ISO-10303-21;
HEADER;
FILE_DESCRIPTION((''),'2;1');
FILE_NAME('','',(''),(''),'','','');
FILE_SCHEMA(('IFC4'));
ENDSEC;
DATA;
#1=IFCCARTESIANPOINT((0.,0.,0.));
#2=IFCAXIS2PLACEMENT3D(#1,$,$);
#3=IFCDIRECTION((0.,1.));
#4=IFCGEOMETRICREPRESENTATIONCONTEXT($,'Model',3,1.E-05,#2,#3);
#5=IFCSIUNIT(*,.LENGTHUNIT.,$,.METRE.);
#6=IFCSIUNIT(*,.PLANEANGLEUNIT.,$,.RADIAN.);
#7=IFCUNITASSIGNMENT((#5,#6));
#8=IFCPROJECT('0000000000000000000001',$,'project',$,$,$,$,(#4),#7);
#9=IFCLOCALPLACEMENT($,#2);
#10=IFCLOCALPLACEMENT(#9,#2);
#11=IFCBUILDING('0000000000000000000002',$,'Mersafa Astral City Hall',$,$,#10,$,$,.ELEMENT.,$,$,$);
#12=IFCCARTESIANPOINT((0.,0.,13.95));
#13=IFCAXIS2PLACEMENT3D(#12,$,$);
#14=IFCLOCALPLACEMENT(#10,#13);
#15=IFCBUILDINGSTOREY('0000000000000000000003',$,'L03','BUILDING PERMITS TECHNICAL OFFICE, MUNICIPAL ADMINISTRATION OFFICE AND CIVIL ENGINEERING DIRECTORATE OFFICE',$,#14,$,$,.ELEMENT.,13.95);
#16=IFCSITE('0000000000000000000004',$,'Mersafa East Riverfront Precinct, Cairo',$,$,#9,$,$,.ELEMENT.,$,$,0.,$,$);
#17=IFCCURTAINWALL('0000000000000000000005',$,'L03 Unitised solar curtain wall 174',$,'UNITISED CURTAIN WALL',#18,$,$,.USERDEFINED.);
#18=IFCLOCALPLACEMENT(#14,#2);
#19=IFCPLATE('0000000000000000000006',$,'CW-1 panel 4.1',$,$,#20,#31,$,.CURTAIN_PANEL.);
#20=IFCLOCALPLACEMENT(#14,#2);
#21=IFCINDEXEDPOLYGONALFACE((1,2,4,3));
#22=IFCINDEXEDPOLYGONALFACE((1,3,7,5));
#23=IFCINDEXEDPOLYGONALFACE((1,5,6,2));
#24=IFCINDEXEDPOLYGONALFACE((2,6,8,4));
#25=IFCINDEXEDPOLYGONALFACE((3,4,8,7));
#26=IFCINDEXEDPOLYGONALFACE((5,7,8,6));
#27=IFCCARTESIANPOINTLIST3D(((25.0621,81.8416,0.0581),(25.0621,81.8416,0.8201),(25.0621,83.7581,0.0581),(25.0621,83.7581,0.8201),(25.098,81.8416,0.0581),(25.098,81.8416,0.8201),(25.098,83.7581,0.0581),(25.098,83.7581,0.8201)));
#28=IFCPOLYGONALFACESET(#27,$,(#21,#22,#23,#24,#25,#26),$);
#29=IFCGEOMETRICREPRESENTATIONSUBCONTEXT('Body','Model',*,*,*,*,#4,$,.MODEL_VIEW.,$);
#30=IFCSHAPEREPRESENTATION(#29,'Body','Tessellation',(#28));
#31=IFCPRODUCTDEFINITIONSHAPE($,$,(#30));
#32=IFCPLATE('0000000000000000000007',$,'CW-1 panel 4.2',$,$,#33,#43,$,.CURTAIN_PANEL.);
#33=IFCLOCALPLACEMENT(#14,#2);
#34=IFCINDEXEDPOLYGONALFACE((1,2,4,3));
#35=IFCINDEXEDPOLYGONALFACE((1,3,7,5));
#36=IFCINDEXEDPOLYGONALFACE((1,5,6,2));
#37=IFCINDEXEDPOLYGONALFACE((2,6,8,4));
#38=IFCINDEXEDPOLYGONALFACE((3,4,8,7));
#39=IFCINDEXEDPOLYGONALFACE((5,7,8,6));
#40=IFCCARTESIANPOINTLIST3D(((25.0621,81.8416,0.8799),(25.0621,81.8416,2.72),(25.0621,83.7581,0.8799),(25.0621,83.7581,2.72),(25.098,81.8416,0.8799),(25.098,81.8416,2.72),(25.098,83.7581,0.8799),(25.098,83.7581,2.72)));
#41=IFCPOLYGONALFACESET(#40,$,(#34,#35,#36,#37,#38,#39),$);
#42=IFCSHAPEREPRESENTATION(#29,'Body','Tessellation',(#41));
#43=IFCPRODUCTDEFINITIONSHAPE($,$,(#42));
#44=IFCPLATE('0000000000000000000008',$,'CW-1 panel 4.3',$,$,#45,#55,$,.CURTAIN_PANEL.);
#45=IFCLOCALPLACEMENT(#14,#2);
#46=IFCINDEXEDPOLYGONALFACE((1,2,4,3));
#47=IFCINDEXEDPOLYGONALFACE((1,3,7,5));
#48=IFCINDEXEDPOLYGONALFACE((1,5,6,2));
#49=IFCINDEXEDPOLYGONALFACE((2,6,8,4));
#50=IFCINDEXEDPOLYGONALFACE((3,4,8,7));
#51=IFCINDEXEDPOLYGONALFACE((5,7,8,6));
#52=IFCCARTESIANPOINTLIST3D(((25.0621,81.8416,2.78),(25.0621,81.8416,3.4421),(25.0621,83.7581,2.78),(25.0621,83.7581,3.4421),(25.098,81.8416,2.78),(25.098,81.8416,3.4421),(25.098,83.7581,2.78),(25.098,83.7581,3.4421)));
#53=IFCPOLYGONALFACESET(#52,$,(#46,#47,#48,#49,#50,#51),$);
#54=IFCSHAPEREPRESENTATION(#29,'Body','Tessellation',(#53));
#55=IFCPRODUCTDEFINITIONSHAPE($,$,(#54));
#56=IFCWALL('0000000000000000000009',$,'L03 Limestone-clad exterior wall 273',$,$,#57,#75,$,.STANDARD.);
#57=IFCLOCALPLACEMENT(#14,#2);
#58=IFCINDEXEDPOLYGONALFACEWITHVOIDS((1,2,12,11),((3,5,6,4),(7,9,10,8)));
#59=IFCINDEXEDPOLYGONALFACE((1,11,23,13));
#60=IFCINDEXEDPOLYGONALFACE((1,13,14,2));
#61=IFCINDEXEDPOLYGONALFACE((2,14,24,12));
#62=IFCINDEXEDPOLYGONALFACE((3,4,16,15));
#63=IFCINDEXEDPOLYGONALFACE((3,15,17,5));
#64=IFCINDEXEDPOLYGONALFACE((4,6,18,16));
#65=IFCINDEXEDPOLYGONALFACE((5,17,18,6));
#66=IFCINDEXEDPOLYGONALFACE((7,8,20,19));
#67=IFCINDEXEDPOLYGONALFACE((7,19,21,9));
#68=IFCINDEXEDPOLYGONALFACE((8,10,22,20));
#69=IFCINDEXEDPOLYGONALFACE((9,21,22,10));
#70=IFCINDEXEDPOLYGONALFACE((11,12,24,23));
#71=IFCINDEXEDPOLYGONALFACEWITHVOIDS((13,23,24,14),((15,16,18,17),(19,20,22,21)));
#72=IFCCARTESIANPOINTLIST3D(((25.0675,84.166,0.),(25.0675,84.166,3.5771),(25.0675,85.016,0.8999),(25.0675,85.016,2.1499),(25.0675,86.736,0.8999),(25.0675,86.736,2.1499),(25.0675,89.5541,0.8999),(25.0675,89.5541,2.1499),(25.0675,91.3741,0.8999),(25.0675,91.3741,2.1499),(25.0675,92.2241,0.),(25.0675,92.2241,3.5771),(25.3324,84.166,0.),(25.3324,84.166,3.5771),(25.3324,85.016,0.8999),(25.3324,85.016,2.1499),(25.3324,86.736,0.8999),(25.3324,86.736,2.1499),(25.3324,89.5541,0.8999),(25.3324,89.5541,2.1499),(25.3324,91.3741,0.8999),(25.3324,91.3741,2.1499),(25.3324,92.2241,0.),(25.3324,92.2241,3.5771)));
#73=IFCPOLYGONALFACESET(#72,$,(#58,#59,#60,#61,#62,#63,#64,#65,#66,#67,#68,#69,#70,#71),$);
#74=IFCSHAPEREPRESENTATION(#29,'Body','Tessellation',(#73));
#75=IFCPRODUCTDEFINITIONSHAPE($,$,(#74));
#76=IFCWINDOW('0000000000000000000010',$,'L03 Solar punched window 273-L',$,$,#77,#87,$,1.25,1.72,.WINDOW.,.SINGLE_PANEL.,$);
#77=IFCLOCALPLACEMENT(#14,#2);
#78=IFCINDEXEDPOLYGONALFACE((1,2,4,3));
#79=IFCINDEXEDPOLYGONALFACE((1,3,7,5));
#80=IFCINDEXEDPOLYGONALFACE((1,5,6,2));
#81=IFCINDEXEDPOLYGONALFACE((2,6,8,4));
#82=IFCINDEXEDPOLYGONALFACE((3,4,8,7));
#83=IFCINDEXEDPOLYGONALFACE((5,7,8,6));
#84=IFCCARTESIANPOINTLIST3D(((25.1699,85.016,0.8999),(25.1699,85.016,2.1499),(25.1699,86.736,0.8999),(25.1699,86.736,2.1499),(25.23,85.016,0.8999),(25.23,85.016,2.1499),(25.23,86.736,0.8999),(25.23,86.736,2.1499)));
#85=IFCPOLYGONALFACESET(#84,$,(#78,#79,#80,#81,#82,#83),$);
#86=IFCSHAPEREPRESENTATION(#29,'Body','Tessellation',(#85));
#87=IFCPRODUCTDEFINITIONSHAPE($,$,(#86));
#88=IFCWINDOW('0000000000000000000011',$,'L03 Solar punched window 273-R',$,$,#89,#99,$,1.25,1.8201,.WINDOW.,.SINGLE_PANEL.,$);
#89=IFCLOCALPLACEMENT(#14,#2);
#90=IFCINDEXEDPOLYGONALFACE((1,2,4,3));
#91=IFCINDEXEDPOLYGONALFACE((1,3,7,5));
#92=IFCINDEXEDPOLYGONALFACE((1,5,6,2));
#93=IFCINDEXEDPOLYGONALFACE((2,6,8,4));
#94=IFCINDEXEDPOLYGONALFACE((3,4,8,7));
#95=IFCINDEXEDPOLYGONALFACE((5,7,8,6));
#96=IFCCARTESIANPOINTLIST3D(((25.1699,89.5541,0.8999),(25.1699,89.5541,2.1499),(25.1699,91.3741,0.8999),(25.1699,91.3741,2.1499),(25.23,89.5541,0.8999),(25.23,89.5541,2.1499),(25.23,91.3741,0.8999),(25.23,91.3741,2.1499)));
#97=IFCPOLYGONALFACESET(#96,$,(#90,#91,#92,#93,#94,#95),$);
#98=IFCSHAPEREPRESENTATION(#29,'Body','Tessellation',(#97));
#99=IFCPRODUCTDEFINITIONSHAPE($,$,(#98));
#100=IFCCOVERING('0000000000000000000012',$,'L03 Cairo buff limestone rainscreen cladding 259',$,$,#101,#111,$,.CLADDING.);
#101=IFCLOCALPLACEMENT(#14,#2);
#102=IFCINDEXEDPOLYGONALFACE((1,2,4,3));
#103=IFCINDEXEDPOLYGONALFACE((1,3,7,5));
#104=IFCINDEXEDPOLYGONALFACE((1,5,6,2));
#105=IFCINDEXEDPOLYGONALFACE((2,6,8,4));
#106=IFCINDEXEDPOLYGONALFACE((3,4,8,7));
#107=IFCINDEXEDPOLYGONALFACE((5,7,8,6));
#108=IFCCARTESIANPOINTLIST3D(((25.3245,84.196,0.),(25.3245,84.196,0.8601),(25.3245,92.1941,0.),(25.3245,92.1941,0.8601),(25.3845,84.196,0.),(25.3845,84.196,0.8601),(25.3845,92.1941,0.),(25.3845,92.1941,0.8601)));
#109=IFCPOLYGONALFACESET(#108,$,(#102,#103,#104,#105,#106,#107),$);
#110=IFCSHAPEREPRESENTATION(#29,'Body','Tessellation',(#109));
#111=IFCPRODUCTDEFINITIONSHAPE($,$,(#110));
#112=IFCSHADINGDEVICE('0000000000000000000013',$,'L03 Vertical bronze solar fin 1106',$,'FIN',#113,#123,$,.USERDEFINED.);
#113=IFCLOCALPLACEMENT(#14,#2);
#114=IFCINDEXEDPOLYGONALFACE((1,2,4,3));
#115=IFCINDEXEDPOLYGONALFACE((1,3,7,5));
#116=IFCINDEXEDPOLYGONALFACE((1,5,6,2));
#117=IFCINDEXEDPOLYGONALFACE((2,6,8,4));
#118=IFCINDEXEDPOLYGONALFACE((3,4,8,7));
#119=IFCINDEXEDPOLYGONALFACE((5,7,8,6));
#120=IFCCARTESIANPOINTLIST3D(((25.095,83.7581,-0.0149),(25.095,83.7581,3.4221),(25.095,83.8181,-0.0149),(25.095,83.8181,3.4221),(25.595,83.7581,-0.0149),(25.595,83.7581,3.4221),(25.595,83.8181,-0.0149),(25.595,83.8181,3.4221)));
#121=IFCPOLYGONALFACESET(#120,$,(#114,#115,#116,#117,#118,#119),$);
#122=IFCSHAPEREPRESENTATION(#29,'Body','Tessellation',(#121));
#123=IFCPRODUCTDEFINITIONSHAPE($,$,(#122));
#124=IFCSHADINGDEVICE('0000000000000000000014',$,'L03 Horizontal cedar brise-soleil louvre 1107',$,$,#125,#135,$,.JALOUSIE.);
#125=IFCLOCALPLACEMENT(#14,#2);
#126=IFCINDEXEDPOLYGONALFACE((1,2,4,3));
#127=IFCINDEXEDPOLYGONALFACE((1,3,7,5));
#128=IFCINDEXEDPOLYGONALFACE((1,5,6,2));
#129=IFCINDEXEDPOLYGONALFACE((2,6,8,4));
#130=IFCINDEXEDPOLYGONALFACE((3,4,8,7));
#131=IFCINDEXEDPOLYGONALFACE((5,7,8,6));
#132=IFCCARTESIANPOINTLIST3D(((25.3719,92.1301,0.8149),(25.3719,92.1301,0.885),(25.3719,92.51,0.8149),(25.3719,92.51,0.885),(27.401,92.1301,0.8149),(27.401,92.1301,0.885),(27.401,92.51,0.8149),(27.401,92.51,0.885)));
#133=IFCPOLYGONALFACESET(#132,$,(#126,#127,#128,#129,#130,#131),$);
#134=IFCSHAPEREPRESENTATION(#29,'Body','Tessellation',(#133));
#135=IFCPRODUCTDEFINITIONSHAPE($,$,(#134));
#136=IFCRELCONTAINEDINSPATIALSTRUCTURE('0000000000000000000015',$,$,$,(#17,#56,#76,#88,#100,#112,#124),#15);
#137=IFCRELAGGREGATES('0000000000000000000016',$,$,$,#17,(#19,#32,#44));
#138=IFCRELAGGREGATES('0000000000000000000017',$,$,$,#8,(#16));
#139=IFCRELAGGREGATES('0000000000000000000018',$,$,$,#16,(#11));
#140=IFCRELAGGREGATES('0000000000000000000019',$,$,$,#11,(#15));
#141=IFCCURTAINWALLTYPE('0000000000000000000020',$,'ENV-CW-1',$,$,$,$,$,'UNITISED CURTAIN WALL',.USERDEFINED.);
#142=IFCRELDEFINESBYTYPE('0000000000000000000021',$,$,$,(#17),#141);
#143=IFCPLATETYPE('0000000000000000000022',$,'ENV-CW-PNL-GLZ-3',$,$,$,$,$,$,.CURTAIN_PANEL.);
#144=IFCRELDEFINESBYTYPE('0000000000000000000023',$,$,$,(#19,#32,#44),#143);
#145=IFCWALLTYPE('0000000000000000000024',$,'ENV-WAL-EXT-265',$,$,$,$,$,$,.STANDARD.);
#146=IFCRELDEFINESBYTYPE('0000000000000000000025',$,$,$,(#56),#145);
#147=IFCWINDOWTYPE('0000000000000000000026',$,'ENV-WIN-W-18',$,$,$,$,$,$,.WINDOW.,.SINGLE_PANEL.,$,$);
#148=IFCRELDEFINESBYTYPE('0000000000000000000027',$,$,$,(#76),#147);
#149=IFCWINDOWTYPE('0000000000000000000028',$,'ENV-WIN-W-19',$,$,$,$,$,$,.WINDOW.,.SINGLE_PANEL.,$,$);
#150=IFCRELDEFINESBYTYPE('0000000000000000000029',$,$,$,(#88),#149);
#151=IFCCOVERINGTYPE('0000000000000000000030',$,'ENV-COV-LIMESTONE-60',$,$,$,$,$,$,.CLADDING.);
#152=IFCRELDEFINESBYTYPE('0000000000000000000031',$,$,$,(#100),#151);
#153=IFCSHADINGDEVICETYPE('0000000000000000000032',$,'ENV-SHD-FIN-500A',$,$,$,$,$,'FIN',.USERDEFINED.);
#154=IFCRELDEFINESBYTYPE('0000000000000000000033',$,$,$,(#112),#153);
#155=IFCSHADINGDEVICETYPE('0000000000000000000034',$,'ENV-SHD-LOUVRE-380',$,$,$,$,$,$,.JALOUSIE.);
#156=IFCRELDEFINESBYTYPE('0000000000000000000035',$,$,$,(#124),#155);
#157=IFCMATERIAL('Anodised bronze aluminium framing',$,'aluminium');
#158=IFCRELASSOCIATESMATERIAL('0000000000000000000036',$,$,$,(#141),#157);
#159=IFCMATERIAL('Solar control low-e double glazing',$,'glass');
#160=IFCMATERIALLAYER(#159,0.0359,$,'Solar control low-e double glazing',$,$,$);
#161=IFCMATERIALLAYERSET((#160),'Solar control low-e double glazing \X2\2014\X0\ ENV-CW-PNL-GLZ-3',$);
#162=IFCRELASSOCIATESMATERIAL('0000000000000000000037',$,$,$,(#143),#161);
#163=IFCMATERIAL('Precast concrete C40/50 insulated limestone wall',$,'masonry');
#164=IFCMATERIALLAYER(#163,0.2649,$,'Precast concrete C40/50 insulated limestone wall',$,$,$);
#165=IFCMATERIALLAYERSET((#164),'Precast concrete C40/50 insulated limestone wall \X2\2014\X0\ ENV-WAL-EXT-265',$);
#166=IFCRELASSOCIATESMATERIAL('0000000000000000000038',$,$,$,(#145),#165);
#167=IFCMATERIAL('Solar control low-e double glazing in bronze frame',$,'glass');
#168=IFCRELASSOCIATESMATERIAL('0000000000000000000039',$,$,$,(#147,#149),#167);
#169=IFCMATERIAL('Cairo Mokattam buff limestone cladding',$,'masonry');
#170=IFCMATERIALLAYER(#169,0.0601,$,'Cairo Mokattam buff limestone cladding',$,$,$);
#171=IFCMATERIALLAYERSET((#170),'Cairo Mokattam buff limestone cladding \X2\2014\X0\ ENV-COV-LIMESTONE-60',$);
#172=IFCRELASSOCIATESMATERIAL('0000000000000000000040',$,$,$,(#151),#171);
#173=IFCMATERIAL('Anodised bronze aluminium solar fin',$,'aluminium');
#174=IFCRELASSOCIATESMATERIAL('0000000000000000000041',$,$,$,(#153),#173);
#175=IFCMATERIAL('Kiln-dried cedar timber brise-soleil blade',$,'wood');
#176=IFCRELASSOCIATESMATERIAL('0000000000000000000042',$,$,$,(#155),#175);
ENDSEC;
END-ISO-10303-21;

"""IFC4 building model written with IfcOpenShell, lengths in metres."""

from ifc_helpers import new_model, si_unit, direction, frame, frame_2d, origin, origin_2d, place, context, subcontext, project, spatial, rectangle, extrude, material, layer, layer_set, type_object, element, fill, aggregate, save


model = new_model("IFC4")

# Units and contexts
model_context = context("Model", 3, precision=1e-05, world=origin(), true_north=direction((0.0, 1.0)))
body_context = subcontext(model_context, "Body", "Model", "MODEL_VIEW")
ifc_project = project(units=[si_unit("LENGTHUNIT", "METRE"), si_unit("PLANEANGLEUNIT", "RADIAN")], contexts=[model_context])

# Site, building, storey
site_placement = place(None, origin())
site = spatial("IfcSite", under=ifc_project, at=site_placement, Name="Mersafa East Riverfront Precinct, Cairo", CompositionType="ELEMENT", RefElevation=0.0)
building_placement = place(site_placement, origin())
building = spatial("IfcBuilding", under=site, at=building_placement, Name="Mersafa Astral City Hall", CompositionType="ELEMENT")
storey_placement = place(building_placement, frame((0.0, 0.0, 13.95)))
storey = spatial("IfcBuildingStorey", under=building, at=storey_placement, Name="L03", Description="BUILDING PERMITS TECHNICAL OFFICE, MUNICIPAL ADMINISTRATION OFFICE AND CIVIL ENGINEERING DIRECTORATE OFFICE", CompositionType="ELEMENT", Elevation=13.95)

# Curtain wall
ifc_material_1 = material(Name="Anodised bronze aluminium framing", Category="aluminium")
curtain_wall_type_1 = type_object("IfcCurtainWallType", Name="ENV-CW-1", ElementType="UNITISED CURTAIN WALL", PredefinedType="USERDEFINED", material=ifc_material_1)
curtain_wall_1_placement = place(storey_placement, origin())
curtain_wall_1 = element("IfcCurtainWall", 1, at=curtain_wall_1_placement, inside=storey, type_object=curtain_wall_type_1, Name="L03 Unitised solar curtain wall 174", ObjectType="UNITISED CURTAIN WALL", PredefinedType="USERDEFINED")

# Plates
ifc_material_2 = material(Name="Solar control low-e double glazing", Category="glass")
ifc_layer_1 = layer(ifc_material_2, 0.0359, Name="Solar control low-e double glazing")
ifc_layer_set_1 = layer_set([ifc_layer_1], Name="Solar control low-e double glazing — ENV-CW-PNL-GLZ-3")
plate_type = type_object("IfcPlateType", Name="ENV-CW-PNL-GLZ-3", PredefinedType="CURTAIN_PANEL", material=ifc_layer_set_1)
plate_1_placement = place(storey_placement, frame((25.0801, 82.7998, 0.0581), z_axis=(0.0, 0.0, 1.0), x_axis=(0.0, 1.0, 0.0)))
plate_1 = element("IfcPlate", 2, at=plate_1_placement, type_object=plate_type, Name="CW-1 panel 4.1", PredefinedType="CURTAIN_PANEL", context=body_context, shape_type="SweptSolid", body=[
    extrude(rectangle(XDim=1.9165, YDim=0.0359, at=origin_2d()), origin(), (0.0, 0.0, 1.0), 0.762),
])
plate_2_placement = place(storey_placement, frame((25.0801, 82.7998, 0.8799), z_axis=(0.0, 0.0, 1.0), x_axis=(0.0, 1.0, 0.0)))
plate_2 = element("IfcPlate", 3, at=plate_2_placement, type_object=plate_type, Name="CW-1 panel 4.2", PredefinedType="CURTAIN_PANEL", context=body_context, shape_type="SweptSolid", body=[
    extrude(rectangle(XDim=1.9165, YDim=0.0359, at=origin_2d()), origin(), (0.0, 0.0, 1.0), 1.8401),
])
plate_3_placement = place(storey_placement, frame((25.0801, 82.7998, 2.78), z_axis=(0.0, 0.0, 1.0), x_axis=(0.0, 1.0, 0.0)))
plate_3 = element("IfcPlate", 4, at=plate_3_placement, type_object=plate_type, Name="CW-1 panel 4.3", PredefinedType="CURTAIN_PANEL", context=body_context, shape_type="SweptSolid", body=[
    extrude(rectangle(XDim=1.9165, YDim=0.0359, at=origin_2d()), origin(), (0.0, 0.0, 1.0), 0.6621),
])
aggregate(curtain_wall_1, [plate_1, plate_2, plate_3])

# Wall, openings, windows
ifc_material_3 = material(Name="Precast concrete C40/50 insulated limestone wall", Category="masonry")
ifc_layer_2 = layer(ifc_material_3, 0.2649, Name="Precast concrete C40/50 insulated limestone wall")
ifc_layer_set_2 = layer_set([ifc_layer_2], Name="Precast concrete C40/50 insulated limestone wall — ENV-WAL-EXT-265")
wall_type = type_object("IfcWallType", Name="ENV-WAL-EXT-265", PredefinedType="STANDARD", material=ifc_layer_set_2)
wall_placement = place(storey_placement, frame((25.2, 84.166, 0.0), z_axis=(0.0, 0.0, 1.0), x_axis=(0.0, 1.0, 0.0)))
wall = element("IfcWall", 5, at=wall_placement, inside=storey, type_object=wall_type, Name="L03 Limestone-clad exterior wall 273", PredefinedType="STANDARD", context=body_context, shape_type="SweptSolid", body=[
    extrude(rectangle(XDim=8.0581, YDim=0.2649, at=frame_2d((4.0291, 0.0))), origin(), (0.0, 0.0, 1.0), 3.5771),
])
opening_1_placement = place(wall_placement, frame((0.8501, 0.0, 0.8999)))
opening_1 = element("IfcOpeningElement", 6, at=opening_1_placement, cuts=wall, PredefinedType="OPENING", context=body_context, shape_type="SweptSolid", body=[
    extrude(rectangle(XDim=1.72, YDim=1.25, at=frame_2d((0.8599, 0.625))), frame((0.0, 0.1423, 0.0), z_axis=(0.0, -1.0, 0.0), x_axis=(1.0, 0.0, 0.0)), (0.0, 0.0, 1.0), 0.2849),
])
opening_2_placement = place(wall_placement, frame((5.3879, 0.0, 0.8999)))
opening_2 = element("IfcOpeningElement", 7, at=opening_2_placement, cuts=wall, PredefinedType="OPENING", context=body_context, shape_type="SweptSolid", body=[
    extrude(rectangle(XDim=1.8201, YDim=1.25, at=frame_2d((0.9102, 0.625))), frame((0.0, 0.1423, 0.0), z_axis=(0.0, -1.0, 0.0), x_axis=(1.0, 0.0, 0.0)), (0.0, 0.0, 1.0), 0.2849),
])
ifc_material_4 = material(Name="Solar control low-e double glazing in bronze frame", Category="glass")
window_type_1 = type_object("IfcWindowType", Name="ENV-WIN-W-18", PartitioningType="SINGLE_PANEL", PredefinedType="WINDOW", material=ifc_material_4)
window_1_placement = place(opening_1_placement, origin())
window_1 = element("IfcWindow", 8, at=window_1_placement, inside=storey, type_object=window_type_1, Name="L03 Solar punched window 273-L", OverallHeight=1.25, OverallWidth=1.72, PartitioningType="SINGLE_PANEL", PredefinedType="WINDOW", context=body_context, shape_type="SweptSolid", body=[
    extrude(rectangle(XDim=1.72, YDim=1.25, at=frame_2d((0.8599, 0.625))), frame((0.0, 0.03, 0.0), z_axis=(0.0, -1.0, 0.0), x_axis=(1.0, 0.0, 0.0)), (0.0, 0.0, 1.0), 0.0601),
])
fill(opening_1, window_1)
window_type_2 = type_object("IfcWindowType", Name="ENV-WIN-W-19", PartitioningType="SINGLE_PANEL", PredefinedType="WINDOW", material=ifc_material_4)
window_2_placement = place(opening_2_placement, origin())
window_2 = element("IfcWindow", 9, at=window_2_placement, inside=storey, type_object=window_type_2, Name="L03 Solar punched window 273-R", OverallHeight=1.25, OverallWidth=1.8201, PartitioningType="SINGLE_PANEL", PredefinedType="WINDOW", context=body_context, shape_type="SweptSolid", body=[
    extrude(rectangle(XDim=1.8201, YDim=1.25, at=frame_2d((0.9102, 0.625))), frame((0.0, 0.03, 0.0), z_axis=(0.0, -1.0, 0.0), x_axis=(1.0, 0.0, 0.0)), (0.0, 0.0, 1.0), 0.0601),
])
fill(opening_2, window_2)

# Covering
ifc_material_5 = material(Name="Cairo Mokattam buff limestone cladding", Category="masonry")
ifc_layer_3 = layer(ifc_material_5, 0.0601, Name="Cairo Mokattam buff limestone cladding")
ifc_layer_set_3 = layer_set([ifc_layer_3], Name="Cairo Mokattam buff limestone cladding — ENV-COV-LIMESTONE-60")
covering_type = type_object("IfcCoveringType", Name="ENV-COV-LIMESTONE-60", PredefinedType="CLADDING", material=ifc_layer_set_3)
covering_placement = place(storey_placement, frame((25.3545, 88.1951, 0.0), z_axis=(0.0, 0.0, 1.0), x_axis=(0.0, 1.0, 0.0)))
element("IfcCovering", 10, at=covering_placement, inside=storey, type_object=covering_type, Name="L03 Cairo buff limestone rainscreen cladding 259", PredefinedType="CLADDING", context=body_context, shape_type="SweptSolid", body=[
    extrude(rectangle(XDim=7.998, YDim=0.0601, at=origin_2d()), origin(), (0.0, 0.0, 1.0), 0.8601),
])

# Shading devices
ifc_material_6 = material(Name="Anodised bronze aluminium solar fin", Category="aluminium")
shading_device_type_1 = type_object("IfcShadingDeviceType", Name="ENV-SHD-FIN-500A", ElementType="FIN", PredefinedType="USERDEFINED", material=ifc_material_6)
shading_device_1_placement = place(storey_placement, frame((25.345, 83.7881, -0.0149), z_axis=(0.0, 0.0, 1.0), x_axis=(0.0, 1.0, 0.0)))
element("IfcShadingDevice", 11, at=shading_device_1_placement, inside=storey, type_object=shading_device_type_1, Name="L03 Vertical bronze solar fin 1106", ObjectType="FIN", PredefinedType="USERDEFINED", context=body_context, shape_type="SweptSolid", body=[
    extrude(rectangle(XDim=0.0601, YDim=0.5, at=origin_2d()), origin(), (0.0, 0.0, 1.0), 3.437),
])
ifc_material_7 = material(Name="Kiln-dried cedar timber brise-soleil blade", Category="wood")
shading_device_type_2 = type_object("IfcShadingDeviceType", Name="ENV-SHD-LOUVRE-380", PredefinedType="JALOUSIE", material=ifc_material_7)
shading_device_2_placement = place(storey_placement, frame((26.3865, 92.3201, 0.8149), z_axis=(0.0, 0.0, 1.0), x_axis=(1.0, 0.0, 0.0)))
element("IfcShadingDevice", 12, at=shading_device_2_placement, inside=storey, type_object=shading_device_type_2, Name="L03 Horizontal cedar brise-soleil louvre 1107", PredefinedType="JALOUSIE", context=body_context, shape_type="SweptSolid", body=[
    extrude(rectangle(XDim=2.0291, YDim=0.3799, at=origin_2d()), origin(), (0.0, 0.0, 1.0), 0.0701),
])

save(model, "model.ifc")
